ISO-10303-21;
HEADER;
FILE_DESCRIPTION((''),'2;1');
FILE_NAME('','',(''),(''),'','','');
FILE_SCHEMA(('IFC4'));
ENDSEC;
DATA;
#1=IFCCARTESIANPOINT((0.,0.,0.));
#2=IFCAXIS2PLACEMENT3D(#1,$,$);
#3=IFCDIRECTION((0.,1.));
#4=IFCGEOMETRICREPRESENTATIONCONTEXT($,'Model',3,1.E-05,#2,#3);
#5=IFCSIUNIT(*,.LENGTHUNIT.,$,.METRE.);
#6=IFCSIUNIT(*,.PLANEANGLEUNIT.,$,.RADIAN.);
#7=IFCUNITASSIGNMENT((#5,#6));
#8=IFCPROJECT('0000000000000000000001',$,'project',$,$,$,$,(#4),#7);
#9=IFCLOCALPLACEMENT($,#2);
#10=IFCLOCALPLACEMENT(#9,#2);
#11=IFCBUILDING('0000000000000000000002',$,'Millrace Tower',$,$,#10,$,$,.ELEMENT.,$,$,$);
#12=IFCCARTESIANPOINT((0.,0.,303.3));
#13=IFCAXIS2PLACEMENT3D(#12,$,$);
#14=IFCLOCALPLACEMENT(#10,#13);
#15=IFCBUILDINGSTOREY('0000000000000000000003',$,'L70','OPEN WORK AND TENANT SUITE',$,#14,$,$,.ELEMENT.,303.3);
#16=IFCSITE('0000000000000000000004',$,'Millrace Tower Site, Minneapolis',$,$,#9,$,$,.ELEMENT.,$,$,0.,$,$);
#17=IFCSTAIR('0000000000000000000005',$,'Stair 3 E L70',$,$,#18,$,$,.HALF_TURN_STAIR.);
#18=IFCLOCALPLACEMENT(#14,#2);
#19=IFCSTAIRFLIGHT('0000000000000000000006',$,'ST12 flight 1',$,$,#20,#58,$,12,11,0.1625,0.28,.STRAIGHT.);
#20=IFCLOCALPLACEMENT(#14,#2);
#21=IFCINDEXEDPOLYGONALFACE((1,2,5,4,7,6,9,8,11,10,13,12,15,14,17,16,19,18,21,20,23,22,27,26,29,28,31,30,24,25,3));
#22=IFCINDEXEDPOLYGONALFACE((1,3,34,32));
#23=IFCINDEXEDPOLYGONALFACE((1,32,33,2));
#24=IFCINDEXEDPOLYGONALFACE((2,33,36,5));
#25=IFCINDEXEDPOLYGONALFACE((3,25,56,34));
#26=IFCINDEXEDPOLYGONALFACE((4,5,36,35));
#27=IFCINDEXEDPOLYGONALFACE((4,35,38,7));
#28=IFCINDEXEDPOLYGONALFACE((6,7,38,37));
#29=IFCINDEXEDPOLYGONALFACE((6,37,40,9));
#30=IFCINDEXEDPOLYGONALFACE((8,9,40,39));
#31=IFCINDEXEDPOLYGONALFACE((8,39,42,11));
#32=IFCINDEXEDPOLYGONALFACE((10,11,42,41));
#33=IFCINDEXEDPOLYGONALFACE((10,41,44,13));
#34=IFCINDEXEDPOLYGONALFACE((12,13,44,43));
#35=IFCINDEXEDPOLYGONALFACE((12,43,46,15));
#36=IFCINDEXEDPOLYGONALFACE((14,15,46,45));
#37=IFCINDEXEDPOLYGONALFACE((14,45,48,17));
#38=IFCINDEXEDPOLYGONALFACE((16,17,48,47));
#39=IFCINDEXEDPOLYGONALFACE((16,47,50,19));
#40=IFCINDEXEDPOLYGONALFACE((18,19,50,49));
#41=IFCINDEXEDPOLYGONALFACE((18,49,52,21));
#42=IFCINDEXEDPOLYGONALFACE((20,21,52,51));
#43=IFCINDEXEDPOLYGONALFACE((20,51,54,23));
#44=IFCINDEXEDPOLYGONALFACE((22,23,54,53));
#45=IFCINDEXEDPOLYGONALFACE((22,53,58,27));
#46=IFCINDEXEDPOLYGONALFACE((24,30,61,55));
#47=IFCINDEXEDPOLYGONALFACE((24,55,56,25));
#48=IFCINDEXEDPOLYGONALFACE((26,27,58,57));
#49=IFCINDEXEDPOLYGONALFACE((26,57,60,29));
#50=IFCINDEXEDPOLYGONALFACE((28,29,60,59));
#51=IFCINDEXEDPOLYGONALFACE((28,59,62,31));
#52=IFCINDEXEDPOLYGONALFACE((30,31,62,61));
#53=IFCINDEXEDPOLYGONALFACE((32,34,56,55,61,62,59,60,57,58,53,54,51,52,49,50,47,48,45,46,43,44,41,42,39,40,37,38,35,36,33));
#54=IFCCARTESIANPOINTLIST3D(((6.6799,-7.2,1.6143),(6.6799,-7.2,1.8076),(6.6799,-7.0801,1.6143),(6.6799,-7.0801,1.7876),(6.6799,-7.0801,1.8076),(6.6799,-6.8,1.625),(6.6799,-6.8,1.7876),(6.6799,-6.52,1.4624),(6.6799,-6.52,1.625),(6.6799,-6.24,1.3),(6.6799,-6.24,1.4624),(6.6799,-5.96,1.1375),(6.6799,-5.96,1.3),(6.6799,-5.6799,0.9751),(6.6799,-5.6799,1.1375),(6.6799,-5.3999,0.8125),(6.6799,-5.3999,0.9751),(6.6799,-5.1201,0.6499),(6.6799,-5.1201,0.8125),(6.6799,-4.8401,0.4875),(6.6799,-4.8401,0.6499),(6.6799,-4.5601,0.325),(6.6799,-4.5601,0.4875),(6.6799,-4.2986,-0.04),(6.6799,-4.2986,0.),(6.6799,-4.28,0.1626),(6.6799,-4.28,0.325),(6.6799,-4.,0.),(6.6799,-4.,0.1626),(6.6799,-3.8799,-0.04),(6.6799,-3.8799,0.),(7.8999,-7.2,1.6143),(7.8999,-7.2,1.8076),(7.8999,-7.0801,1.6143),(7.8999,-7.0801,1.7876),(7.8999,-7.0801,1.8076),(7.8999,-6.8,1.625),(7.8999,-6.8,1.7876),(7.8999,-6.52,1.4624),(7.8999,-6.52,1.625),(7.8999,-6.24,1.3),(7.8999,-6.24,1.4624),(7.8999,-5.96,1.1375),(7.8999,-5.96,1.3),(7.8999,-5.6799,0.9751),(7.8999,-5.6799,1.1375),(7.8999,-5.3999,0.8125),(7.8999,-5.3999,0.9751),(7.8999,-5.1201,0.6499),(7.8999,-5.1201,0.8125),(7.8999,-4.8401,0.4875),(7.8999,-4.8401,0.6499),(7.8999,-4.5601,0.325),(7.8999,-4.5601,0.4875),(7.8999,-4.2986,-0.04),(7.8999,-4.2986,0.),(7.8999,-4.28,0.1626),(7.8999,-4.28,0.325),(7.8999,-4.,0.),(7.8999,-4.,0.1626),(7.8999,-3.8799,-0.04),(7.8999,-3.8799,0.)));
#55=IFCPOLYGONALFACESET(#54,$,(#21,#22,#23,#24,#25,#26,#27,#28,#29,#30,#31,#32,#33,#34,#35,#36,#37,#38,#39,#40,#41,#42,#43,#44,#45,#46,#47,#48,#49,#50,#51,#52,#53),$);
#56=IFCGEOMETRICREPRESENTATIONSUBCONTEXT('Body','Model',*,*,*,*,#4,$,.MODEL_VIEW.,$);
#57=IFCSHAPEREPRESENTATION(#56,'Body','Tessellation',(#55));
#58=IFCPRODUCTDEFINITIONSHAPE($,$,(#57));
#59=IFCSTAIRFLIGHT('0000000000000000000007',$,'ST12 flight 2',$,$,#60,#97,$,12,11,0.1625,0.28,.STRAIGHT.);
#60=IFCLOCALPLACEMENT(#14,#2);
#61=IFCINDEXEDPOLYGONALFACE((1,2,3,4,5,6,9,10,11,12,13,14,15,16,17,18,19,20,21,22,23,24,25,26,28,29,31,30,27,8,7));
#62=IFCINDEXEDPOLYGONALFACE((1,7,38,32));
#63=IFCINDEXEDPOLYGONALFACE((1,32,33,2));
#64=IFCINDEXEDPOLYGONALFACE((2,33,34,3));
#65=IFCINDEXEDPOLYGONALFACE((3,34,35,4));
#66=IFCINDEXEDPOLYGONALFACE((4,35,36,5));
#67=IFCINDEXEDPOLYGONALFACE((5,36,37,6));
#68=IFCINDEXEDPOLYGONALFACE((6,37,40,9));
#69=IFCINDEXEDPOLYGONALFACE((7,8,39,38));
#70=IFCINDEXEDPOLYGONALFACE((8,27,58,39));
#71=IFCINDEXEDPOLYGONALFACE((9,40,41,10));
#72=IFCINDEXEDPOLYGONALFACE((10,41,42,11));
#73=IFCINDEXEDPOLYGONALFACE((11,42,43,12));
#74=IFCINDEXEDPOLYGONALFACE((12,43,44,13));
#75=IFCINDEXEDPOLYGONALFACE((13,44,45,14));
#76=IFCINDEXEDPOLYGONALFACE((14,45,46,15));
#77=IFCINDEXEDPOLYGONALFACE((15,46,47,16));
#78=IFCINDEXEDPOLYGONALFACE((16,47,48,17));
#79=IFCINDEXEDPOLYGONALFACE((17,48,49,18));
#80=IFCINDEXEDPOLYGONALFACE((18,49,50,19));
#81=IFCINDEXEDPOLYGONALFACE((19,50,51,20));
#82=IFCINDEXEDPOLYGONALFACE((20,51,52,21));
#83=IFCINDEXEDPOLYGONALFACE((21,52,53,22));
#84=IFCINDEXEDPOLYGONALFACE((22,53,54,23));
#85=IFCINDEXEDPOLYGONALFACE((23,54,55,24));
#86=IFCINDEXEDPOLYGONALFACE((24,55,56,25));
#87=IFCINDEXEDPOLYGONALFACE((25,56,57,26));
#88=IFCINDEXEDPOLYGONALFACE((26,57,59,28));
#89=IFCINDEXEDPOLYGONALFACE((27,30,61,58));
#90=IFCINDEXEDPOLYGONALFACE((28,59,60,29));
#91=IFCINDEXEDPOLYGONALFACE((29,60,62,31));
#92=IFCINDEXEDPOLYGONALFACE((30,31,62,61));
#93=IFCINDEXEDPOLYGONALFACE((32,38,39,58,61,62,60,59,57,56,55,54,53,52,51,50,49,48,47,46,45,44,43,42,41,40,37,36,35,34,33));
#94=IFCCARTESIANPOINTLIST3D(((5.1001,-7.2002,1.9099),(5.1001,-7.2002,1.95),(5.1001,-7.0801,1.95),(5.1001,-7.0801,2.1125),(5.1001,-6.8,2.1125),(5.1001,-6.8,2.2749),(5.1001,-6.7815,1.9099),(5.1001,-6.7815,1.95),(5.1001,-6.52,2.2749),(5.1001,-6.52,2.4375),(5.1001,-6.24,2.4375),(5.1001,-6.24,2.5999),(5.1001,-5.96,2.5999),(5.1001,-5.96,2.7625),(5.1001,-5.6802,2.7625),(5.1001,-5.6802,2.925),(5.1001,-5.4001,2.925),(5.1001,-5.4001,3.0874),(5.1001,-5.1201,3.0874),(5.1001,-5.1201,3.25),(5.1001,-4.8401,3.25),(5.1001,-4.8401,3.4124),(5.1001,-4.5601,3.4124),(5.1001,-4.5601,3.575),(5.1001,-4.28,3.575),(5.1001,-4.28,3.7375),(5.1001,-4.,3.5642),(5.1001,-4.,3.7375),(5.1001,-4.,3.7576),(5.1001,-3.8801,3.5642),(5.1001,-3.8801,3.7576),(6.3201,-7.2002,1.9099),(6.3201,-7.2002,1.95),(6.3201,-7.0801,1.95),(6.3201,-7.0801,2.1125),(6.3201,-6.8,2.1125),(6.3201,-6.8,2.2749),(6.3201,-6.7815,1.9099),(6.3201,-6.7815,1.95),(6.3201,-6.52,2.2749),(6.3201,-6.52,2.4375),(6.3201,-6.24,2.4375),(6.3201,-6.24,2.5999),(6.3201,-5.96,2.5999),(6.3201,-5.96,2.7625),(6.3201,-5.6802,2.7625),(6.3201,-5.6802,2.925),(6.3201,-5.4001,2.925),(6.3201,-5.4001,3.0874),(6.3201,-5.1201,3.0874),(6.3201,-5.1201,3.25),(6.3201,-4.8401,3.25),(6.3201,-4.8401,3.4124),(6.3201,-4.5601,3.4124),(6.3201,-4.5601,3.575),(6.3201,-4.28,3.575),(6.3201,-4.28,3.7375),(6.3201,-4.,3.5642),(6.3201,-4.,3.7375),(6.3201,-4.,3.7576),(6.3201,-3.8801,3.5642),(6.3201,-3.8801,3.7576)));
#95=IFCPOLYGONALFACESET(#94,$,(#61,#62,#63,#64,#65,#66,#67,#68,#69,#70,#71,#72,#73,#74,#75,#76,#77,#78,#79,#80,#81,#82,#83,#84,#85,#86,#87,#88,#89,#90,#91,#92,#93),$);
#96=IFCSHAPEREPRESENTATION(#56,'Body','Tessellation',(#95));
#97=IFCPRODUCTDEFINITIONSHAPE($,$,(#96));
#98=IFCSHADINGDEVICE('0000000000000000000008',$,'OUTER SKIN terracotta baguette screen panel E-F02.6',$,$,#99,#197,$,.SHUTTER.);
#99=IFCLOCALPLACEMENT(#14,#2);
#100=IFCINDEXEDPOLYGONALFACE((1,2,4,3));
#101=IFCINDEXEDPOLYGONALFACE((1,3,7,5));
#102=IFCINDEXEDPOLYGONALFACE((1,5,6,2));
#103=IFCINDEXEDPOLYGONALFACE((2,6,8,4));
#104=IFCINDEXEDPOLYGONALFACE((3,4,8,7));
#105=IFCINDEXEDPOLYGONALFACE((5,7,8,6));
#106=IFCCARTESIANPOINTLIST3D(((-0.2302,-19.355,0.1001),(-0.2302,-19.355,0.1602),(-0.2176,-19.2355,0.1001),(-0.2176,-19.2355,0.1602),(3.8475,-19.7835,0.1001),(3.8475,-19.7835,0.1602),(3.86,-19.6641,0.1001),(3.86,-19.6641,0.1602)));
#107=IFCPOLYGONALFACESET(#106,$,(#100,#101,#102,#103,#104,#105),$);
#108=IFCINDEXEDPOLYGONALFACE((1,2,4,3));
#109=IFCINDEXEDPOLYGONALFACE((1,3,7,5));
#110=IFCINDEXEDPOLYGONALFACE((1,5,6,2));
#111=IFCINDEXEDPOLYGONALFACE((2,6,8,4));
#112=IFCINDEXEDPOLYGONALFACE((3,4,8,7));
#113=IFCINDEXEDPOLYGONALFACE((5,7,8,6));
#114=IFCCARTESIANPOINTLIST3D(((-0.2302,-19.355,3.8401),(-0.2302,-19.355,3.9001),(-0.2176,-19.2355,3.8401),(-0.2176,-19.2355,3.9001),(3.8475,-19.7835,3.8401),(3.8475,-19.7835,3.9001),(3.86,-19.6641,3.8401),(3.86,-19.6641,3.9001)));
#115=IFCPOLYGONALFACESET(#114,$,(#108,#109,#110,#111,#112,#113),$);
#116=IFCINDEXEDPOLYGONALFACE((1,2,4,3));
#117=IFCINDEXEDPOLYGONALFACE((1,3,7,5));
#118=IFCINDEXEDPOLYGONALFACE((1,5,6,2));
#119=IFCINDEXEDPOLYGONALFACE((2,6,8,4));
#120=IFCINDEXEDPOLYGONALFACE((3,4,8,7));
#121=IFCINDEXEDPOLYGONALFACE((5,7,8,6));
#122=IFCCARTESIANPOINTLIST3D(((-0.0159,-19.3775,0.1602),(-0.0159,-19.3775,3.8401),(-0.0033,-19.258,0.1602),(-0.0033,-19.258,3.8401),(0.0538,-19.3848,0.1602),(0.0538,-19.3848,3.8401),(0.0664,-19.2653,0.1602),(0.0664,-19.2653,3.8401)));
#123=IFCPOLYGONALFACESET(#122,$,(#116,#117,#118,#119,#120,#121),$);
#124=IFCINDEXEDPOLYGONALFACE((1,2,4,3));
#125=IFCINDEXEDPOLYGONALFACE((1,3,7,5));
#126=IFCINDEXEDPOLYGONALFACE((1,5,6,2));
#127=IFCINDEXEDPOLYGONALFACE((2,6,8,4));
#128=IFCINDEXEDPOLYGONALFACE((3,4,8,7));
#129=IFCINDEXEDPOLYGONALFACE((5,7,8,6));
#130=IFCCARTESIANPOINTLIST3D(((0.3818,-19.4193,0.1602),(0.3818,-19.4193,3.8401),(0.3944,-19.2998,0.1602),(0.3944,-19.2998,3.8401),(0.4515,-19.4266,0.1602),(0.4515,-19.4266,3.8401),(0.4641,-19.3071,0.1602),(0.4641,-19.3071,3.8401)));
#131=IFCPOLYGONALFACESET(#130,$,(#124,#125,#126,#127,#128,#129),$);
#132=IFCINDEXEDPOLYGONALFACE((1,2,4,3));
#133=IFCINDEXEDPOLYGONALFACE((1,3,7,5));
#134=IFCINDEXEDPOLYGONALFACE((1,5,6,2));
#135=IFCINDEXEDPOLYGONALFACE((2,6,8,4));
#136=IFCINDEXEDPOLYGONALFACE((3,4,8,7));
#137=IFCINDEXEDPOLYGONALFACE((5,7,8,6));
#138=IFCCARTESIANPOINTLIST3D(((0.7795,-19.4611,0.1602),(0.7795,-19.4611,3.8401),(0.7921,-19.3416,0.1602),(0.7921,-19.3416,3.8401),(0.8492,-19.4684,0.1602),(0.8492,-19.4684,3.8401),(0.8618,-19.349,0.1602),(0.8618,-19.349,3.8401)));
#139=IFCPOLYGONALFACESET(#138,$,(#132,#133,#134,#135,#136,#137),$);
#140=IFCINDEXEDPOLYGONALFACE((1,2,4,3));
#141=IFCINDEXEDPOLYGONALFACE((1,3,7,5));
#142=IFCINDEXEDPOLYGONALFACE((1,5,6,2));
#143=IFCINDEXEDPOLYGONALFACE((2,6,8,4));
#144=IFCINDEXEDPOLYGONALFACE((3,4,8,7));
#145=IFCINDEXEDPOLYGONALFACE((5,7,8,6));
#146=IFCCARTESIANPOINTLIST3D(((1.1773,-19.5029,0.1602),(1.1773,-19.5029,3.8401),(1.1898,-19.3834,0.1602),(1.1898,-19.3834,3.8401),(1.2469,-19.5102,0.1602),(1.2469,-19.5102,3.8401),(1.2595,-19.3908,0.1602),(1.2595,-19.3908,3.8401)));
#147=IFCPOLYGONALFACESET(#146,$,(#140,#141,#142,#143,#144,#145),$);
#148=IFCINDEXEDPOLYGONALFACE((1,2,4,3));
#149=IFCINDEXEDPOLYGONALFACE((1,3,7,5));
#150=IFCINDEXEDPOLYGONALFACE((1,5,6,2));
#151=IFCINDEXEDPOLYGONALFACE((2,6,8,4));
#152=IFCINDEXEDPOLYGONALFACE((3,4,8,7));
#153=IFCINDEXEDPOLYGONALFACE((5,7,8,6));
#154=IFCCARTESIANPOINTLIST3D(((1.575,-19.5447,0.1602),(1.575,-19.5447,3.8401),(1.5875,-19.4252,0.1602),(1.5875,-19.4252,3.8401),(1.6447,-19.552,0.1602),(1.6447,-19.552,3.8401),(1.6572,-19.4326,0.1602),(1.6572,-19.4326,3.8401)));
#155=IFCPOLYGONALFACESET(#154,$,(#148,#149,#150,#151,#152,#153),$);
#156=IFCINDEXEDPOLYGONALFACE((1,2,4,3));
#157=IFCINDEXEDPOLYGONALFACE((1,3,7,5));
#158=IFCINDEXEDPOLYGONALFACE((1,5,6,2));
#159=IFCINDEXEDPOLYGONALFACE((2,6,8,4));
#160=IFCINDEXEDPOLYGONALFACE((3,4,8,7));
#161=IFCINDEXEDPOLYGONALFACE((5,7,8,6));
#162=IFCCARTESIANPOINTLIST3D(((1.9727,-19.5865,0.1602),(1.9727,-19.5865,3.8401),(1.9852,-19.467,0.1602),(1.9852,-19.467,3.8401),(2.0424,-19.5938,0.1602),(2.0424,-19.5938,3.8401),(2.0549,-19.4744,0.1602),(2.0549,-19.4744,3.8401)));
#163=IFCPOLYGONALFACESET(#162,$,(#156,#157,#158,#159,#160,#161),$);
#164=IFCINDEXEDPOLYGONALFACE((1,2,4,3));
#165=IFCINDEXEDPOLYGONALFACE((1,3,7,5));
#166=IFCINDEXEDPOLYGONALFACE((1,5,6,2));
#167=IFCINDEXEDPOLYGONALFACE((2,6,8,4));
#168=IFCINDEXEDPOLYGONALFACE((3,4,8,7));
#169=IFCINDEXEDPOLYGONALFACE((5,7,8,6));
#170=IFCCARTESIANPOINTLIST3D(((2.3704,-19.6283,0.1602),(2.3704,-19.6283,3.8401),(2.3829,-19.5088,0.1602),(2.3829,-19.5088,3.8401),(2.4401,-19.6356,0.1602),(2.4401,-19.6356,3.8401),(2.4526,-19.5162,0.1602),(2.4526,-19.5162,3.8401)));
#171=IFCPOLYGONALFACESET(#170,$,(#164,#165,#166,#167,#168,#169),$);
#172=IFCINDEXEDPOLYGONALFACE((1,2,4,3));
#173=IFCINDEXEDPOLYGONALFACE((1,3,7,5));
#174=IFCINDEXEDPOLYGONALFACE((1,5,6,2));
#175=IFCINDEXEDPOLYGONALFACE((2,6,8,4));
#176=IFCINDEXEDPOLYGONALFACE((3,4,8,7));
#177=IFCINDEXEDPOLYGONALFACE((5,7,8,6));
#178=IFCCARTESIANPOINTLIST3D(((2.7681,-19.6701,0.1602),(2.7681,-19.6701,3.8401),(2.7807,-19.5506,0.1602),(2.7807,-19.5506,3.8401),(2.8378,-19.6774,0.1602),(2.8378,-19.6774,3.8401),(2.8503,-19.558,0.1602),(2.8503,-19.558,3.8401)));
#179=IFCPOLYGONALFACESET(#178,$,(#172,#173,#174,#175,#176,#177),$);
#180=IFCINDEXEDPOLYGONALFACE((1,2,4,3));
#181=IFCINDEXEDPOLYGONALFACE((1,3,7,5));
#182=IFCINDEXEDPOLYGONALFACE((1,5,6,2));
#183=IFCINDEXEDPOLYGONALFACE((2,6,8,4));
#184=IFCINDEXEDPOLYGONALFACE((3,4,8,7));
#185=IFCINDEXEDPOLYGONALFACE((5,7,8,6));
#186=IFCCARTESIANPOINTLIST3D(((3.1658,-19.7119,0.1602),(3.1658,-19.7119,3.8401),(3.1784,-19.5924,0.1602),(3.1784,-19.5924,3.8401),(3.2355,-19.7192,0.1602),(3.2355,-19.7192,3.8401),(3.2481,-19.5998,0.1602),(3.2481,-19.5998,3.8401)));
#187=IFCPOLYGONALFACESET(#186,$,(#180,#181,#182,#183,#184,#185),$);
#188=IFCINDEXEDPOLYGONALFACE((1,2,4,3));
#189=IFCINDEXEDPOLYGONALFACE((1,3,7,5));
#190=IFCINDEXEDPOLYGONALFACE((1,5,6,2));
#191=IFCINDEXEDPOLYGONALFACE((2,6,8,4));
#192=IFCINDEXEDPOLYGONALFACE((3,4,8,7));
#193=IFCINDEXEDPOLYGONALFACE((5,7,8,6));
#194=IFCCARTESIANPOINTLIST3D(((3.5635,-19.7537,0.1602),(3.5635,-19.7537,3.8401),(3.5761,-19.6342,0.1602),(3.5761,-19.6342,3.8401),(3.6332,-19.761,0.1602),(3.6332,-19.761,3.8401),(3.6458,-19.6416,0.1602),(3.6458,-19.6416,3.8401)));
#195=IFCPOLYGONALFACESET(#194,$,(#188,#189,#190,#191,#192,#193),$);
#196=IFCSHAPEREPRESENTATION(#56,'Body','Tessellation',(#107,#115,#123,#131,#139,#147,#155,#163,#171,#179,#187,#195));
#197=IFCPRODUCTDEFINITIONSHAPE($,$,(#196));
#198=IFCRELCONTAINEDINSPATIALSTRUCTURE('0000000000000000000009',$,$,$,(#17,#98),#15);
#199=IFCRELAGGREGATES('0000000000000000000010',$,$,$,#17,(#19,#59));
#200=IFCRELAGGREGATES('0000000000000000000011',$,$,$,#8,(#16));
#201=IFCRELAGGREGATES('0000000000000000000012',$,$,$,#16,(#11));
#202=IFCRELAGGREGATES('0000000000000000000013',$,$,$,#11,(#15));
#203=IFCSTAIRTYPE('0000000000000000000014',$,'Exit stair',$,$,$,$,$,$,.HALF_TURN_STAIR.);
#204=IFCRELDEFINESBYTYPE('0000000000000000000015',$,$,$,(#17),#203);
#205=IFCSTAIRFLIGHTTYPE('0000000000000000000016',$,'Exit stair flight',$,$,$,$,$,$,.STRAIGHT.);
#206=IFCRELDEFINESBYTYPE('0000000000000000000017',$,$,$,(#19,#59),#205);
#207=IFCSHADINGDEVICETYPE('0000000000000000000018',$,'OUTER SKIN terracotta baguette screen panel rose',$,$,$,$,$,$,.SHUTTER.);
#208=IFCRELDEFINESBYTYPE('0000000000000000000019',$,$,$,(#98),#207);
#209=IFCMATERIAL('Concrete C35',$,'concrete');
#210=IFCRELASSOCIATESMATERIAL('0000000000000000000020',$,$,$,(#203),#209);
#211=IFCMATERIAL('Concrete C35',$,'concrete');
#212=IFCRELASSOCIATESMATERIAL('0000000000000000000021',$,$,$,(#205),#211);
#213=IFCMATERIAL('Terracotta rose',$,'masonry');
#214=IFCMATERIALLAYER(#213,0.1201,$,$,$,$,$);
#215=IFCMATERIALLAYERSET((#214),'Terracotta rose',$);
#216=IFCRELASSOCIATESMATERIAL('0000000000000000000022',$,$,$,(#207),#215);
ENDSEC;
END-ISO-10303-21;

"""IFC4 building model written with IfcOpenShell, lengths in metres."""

from ifc_helpers import new_model, entity, si_unit, direction, frame, frame_2d, origin, place, context, subcontext, project, spatial, polyline, rectangle, outline, extrude, source, transform, mapped, material, layer, layer_set, type_object, element, aggregate, save


model = new_model("IFC4")

# Units and contexts
model_context = context("Model", 3, precision=1e-05, world=origin(), true_north=direction((0.0, 1.0)))
body_context = subcontext(model_context, "Body", "Model", "MODEL_VIEW")
ifc_project = project(units=[si_unit("LENGTHUNIT", "METRE"), si_unit("PLANEANGLEUNIT", "RADIAN")], contexts=[model_context])

# Site, building, storey
site_placement = place(None, origin())
site = spatial("IfcSite", under=ifc_project, at=site_placement, Name="Millrace Tower Site, Minneapolis", CompositionType="ELEMENT", RefElevation=0.0)
building_placement = place(site_placement, origin())
building = spatial("IfcBuilding", under=site, at=building_placement, Name="Millrace Tower", CompositionType="ELEMENT")
storey_placement = place(building_placement, frame((0.0, 0.0, 303.3)))
storey = spatial("IfcBuildingStorey", under=building, at=storey_placement, Name="L70", Description="OPEN WORK AND TENANT SUITE", CompositionType="ELEMENT", Elevation=303.3)

# Shared definitions
placement = place(storey_placement, origin())

# Stair, stair flights
ifc_material_1 = material(Name="Concrete C35", Category="concrete")
stair_type = type_object("IfcStairType", Name="Exit stair", PredefinedType="HALF_TURN_STAIR", material=ifc_material_1)
ifc_material_2 = material(Name="Concrete C35", Category="concrete")
stair_flight_type = type_object("IfcStairFlightType", Name="Exit stair flight", PredefinedType="STRAIGHT", material=ifc_material_2)
stair_1 = element("IfcStair", 1, at=placement, inside=storey, type_object=stair_type, Name="Stair 3 E L70", PredefinedType="HALF_TURN_STAIR")
stair_flight_1_placement = place(storey_placement, frame((7.29, -4.0, 0.0), z_axis=(0.0, 0.0, 1.0), x_axis=(0.0, -1.0, 0.0)))
stair_flight_1 = element("IfcStairFlight", 2, at=stair_flight_1_placement, type_object=stair_flight_type, Name="ST12 flight 1", NumberOfRisers=12, NumberOfTreads=11, PredefinedType="STRAIGHT", RiserHeight=0.1625, TreadLength=0.28, context=body_context, shape_type="SweptSolid", body=[
    extrude(outline(polyline([(-0.1201, -0.04), (-0.1201, 0.0), (0.0, 0.0), (0.0, 0.1626), (0.28, 0.1626), (0.28, 0.325), (0.5601, 0.325), (0.5601, 0.4875), (0.8401, 0.4875), (0.8401, 0.6499), (1.1201, 0.6499), (1.1201, 0.8125), (1.3999, 0.8125), (1.3999, 0.9751), (1.6799, 0.9751), (1.6799, 1.1375), (1.96, 1.1375), (1.96, 1.3), (2.24, 1.3), (2.24, 1.4624), (2.52, 1.4624), (2.52, 1.625), (2.8, 1.625), (2.8, 1.7876), (3.0801, 1.7876), (3.0801, 1.8076), (3.2, 1.8076), (3.2, 1.6143), (3.0801, 1.6143), (0.2986, 0.0), (0.2986, -0.04), (-0.1201, -0.04)])), frame((0.0, 0.6099, 0.0), z_axis=(0.0, -1.0, 0.0), x_axis=(1.0, 0.0, 0.0)), (0.0, 0.0, 1.0), 1.22),
])
stair_flight_2_placement = place(storey_placement, frame((5.71, -7.0801, 1.95), z_axis=(0.0, 0.0, 1.0), x_axis=(0.0, 1.0, 0.0)))
stair_flight_2 = element("IfcStairFlight", 3, at=stair_flight_2_placement, type_object=stair_flight_type, Name="ST12 flight 2", NumberOfRisers=12, NumberOfTreads=11, PredefinedType="STRAIGHT", RiserHeight=0.1625, TreadLength=0.28, context=body_context, shape_type="SweptSolid", body=[
    extrude(outline(polyline([(-0.1201, -0.04), (-0.1201, 0.0), (0.0, 0.0), (0.0, 0.1626), (0.28, 0.1626), (0.28, 0.325), (0.5601, 0.325), (0.5601, 0.4875), (0.8401, 0.4875), (0.8401, 0.6499), (1.1201, 0.6499), (1.1201, 0.8125), (1.3999, 0.8125), (1.3999, 0.9751), (1.6799, 0.9751), (1.6799, 1.1375), (1.96, 1.1375), (1.96, 1.3), (2.24, 1.3), (2.24, 1.4624), (2.52, 1.4624), (2.52, 1.625), (2.8, 1.625), (2.8, 1.7876), (3.0801, 1.7876), (3.0801, 1.8076), (3.2, 1.8076), (3.2, 1.6143), (3.0801, 1.6143), (0.2986, 0.0), (0.2986, -0.04), (-0.1201, -0.04)])), frame((0.0, 0.6099, 0.0), z_axis=(0.0, -1.0, 0.0), x_axis=(1.0, 0.0, 0.0)), (0.0, 0.0, 1.0), 1.22),
])
aggregate(stair_1, [stair_flight_1, stair_flight_2])

# Shading device
ifc_material_3 = material(Name="Terracotta rose", Category="masonry")
ifc_layer_1 = layer(ifc_material_3, 0.1201)
ifc_layer_set_1 = layer_set([ifc_layer_1], Name="Terracotta rose")
shading_device_type = type_object("IfcShadingDeviceType", Name="OUTER SKIN terracotta baguette screen panel rose", PredefinedType="SHUTTER", material=ifc_layer_set_1)
cartesian_point = entity("IfcCartesianPoint", [-2.05, 0.0601])
shared_polyline = entity("IfcPolyline", [cartesian_point, entity("IfcCartesianPoint", [2.05, 0.0601]), entity("IfcCartesianPoint", [2.05, -0.0601]), entity("IfcCartesianPoint", [-2.05, -0.0601]), cartesian_point])
shared_shape = source(origin(), body_context, "Body", "SweptSolid", [
    entity("IfcExtrudedAreaSolid", entity("IfcArbitraryClosedProfileDef", "AREA", None, shared_polyline), entity("IfcAxis2Placement3D", entity("IfcCartesianPoint", [0.0, 0.0, 0.0])), entity("IfcDirection", [0.0, 0.0, 1.0]), 0.0601),
    entity("IfcExtrudedAreaSolid", entity("IfcArbitraryClosedProfileDef", "AREA", None, shared_polyline), entity("IfcAxis2Placement3D", entity("IfcCartesianPoint", [0.0, 0.0, 3.74])), entity("IfcDirection", [0.0, 0.0, 1.0]), 0.0601),
    extrude(rectangle(XDim=0.0701, YDim=0.1201, at=frame_2d((-1.7996, 0.0))), frame((0.0, 0.0, 0.0601)), (0.0, 0.0, 1.0), 3.6799),
    extrude(rectangle(XDim=0.0701, YDim=0.1201, at=frame_2d((-1.3997, 0.0))), frame((0.0, 0.0, 0.0601)), (0.0, 0.0, 1.0), 3.6799),
    extrude(rectangle(XDim=0.0701, YDim=0.1201, at=frame_2d((-0.9998, 0.0))), frame((0.0, 0.0, 0.0601)), (0.0, 0.0, 1.0), 3.6799),
    extrude(rectangle(XDim=0.0701, YDim=0.1201, at=frame_2d((-0.5999, 0.0))), frame((0.0, 0.0, 0.0601)), (0.0, 0.0, 1.0), 3.6799),
    extrude(rectangle(XDim=0.0701, YDim=0.1201, at=frame_2d((-0.2, 0.0))), frame((0.0, 0.0, 0.0601)), (0.0, 0.0, 1.0), 3.6799),
    extrude(rectangle(XDim=0.0701, YDim=0.1201, at=frame_2d((0.2, 0.0))), frame((0.0, 0.0, 0.0601)), (0.0, 0.0, 1.0), 3.6799),
    extrude(rectangle(XDim=0.0701, YDim=0.1201, at=frame_2d((0.5999, 0.0))), frame((0.0, 0.0, 0.0601)), (0.0, 0.0, 1.0), 3.6799),
    extrude(rectangle(XDim=0.0701, YDim=0.1201, at=frame_2d((0.9998, 0.0))), frame((0.0, 0.0, 0.0601)), (0.0, 0.0, 1.0), 3.6799),
    extrude(rectangle(XDim=0.0701, YDim=0.1201, at=frame_2d((1.3997, 0.0))), frame((0.0, 0.0, 0.0601)), (0.0, 0.0, 1.0), 3.6799),
    extrude(rectangle(XDim=0.0701, YDim=0.1201, at=frame_2d((1.7996, 0.0))), frame((0.0, 0.0, 0.0601)), (0.0, 0.0, 1.0), 3.6799),
])
for number, where, z_axis, x_axis, name in (
    (4, (1.8149, -19.5095, 0.1001), (0.0, 0.0, 1.0), (0.994522, -0.104528, 0.0), "OUTER SKIN terracotta baguette screen panel E-F02.6"),
):
    element("IfcShadingDevice", number, at=place(storey_placement, frame(where, z_axis=z_axis, x_axis=x_axis)), inside=storey, type_object=shading_device_type, Name=name, PredefinedType="SHUTTER", context=body_context, shape_type="MappedRepresentation", body=[
        mapped(shared_shape, transform((0.0, 0.0, 0.0), scale=1.0)),
    ])

save(model, "model.ifc")
